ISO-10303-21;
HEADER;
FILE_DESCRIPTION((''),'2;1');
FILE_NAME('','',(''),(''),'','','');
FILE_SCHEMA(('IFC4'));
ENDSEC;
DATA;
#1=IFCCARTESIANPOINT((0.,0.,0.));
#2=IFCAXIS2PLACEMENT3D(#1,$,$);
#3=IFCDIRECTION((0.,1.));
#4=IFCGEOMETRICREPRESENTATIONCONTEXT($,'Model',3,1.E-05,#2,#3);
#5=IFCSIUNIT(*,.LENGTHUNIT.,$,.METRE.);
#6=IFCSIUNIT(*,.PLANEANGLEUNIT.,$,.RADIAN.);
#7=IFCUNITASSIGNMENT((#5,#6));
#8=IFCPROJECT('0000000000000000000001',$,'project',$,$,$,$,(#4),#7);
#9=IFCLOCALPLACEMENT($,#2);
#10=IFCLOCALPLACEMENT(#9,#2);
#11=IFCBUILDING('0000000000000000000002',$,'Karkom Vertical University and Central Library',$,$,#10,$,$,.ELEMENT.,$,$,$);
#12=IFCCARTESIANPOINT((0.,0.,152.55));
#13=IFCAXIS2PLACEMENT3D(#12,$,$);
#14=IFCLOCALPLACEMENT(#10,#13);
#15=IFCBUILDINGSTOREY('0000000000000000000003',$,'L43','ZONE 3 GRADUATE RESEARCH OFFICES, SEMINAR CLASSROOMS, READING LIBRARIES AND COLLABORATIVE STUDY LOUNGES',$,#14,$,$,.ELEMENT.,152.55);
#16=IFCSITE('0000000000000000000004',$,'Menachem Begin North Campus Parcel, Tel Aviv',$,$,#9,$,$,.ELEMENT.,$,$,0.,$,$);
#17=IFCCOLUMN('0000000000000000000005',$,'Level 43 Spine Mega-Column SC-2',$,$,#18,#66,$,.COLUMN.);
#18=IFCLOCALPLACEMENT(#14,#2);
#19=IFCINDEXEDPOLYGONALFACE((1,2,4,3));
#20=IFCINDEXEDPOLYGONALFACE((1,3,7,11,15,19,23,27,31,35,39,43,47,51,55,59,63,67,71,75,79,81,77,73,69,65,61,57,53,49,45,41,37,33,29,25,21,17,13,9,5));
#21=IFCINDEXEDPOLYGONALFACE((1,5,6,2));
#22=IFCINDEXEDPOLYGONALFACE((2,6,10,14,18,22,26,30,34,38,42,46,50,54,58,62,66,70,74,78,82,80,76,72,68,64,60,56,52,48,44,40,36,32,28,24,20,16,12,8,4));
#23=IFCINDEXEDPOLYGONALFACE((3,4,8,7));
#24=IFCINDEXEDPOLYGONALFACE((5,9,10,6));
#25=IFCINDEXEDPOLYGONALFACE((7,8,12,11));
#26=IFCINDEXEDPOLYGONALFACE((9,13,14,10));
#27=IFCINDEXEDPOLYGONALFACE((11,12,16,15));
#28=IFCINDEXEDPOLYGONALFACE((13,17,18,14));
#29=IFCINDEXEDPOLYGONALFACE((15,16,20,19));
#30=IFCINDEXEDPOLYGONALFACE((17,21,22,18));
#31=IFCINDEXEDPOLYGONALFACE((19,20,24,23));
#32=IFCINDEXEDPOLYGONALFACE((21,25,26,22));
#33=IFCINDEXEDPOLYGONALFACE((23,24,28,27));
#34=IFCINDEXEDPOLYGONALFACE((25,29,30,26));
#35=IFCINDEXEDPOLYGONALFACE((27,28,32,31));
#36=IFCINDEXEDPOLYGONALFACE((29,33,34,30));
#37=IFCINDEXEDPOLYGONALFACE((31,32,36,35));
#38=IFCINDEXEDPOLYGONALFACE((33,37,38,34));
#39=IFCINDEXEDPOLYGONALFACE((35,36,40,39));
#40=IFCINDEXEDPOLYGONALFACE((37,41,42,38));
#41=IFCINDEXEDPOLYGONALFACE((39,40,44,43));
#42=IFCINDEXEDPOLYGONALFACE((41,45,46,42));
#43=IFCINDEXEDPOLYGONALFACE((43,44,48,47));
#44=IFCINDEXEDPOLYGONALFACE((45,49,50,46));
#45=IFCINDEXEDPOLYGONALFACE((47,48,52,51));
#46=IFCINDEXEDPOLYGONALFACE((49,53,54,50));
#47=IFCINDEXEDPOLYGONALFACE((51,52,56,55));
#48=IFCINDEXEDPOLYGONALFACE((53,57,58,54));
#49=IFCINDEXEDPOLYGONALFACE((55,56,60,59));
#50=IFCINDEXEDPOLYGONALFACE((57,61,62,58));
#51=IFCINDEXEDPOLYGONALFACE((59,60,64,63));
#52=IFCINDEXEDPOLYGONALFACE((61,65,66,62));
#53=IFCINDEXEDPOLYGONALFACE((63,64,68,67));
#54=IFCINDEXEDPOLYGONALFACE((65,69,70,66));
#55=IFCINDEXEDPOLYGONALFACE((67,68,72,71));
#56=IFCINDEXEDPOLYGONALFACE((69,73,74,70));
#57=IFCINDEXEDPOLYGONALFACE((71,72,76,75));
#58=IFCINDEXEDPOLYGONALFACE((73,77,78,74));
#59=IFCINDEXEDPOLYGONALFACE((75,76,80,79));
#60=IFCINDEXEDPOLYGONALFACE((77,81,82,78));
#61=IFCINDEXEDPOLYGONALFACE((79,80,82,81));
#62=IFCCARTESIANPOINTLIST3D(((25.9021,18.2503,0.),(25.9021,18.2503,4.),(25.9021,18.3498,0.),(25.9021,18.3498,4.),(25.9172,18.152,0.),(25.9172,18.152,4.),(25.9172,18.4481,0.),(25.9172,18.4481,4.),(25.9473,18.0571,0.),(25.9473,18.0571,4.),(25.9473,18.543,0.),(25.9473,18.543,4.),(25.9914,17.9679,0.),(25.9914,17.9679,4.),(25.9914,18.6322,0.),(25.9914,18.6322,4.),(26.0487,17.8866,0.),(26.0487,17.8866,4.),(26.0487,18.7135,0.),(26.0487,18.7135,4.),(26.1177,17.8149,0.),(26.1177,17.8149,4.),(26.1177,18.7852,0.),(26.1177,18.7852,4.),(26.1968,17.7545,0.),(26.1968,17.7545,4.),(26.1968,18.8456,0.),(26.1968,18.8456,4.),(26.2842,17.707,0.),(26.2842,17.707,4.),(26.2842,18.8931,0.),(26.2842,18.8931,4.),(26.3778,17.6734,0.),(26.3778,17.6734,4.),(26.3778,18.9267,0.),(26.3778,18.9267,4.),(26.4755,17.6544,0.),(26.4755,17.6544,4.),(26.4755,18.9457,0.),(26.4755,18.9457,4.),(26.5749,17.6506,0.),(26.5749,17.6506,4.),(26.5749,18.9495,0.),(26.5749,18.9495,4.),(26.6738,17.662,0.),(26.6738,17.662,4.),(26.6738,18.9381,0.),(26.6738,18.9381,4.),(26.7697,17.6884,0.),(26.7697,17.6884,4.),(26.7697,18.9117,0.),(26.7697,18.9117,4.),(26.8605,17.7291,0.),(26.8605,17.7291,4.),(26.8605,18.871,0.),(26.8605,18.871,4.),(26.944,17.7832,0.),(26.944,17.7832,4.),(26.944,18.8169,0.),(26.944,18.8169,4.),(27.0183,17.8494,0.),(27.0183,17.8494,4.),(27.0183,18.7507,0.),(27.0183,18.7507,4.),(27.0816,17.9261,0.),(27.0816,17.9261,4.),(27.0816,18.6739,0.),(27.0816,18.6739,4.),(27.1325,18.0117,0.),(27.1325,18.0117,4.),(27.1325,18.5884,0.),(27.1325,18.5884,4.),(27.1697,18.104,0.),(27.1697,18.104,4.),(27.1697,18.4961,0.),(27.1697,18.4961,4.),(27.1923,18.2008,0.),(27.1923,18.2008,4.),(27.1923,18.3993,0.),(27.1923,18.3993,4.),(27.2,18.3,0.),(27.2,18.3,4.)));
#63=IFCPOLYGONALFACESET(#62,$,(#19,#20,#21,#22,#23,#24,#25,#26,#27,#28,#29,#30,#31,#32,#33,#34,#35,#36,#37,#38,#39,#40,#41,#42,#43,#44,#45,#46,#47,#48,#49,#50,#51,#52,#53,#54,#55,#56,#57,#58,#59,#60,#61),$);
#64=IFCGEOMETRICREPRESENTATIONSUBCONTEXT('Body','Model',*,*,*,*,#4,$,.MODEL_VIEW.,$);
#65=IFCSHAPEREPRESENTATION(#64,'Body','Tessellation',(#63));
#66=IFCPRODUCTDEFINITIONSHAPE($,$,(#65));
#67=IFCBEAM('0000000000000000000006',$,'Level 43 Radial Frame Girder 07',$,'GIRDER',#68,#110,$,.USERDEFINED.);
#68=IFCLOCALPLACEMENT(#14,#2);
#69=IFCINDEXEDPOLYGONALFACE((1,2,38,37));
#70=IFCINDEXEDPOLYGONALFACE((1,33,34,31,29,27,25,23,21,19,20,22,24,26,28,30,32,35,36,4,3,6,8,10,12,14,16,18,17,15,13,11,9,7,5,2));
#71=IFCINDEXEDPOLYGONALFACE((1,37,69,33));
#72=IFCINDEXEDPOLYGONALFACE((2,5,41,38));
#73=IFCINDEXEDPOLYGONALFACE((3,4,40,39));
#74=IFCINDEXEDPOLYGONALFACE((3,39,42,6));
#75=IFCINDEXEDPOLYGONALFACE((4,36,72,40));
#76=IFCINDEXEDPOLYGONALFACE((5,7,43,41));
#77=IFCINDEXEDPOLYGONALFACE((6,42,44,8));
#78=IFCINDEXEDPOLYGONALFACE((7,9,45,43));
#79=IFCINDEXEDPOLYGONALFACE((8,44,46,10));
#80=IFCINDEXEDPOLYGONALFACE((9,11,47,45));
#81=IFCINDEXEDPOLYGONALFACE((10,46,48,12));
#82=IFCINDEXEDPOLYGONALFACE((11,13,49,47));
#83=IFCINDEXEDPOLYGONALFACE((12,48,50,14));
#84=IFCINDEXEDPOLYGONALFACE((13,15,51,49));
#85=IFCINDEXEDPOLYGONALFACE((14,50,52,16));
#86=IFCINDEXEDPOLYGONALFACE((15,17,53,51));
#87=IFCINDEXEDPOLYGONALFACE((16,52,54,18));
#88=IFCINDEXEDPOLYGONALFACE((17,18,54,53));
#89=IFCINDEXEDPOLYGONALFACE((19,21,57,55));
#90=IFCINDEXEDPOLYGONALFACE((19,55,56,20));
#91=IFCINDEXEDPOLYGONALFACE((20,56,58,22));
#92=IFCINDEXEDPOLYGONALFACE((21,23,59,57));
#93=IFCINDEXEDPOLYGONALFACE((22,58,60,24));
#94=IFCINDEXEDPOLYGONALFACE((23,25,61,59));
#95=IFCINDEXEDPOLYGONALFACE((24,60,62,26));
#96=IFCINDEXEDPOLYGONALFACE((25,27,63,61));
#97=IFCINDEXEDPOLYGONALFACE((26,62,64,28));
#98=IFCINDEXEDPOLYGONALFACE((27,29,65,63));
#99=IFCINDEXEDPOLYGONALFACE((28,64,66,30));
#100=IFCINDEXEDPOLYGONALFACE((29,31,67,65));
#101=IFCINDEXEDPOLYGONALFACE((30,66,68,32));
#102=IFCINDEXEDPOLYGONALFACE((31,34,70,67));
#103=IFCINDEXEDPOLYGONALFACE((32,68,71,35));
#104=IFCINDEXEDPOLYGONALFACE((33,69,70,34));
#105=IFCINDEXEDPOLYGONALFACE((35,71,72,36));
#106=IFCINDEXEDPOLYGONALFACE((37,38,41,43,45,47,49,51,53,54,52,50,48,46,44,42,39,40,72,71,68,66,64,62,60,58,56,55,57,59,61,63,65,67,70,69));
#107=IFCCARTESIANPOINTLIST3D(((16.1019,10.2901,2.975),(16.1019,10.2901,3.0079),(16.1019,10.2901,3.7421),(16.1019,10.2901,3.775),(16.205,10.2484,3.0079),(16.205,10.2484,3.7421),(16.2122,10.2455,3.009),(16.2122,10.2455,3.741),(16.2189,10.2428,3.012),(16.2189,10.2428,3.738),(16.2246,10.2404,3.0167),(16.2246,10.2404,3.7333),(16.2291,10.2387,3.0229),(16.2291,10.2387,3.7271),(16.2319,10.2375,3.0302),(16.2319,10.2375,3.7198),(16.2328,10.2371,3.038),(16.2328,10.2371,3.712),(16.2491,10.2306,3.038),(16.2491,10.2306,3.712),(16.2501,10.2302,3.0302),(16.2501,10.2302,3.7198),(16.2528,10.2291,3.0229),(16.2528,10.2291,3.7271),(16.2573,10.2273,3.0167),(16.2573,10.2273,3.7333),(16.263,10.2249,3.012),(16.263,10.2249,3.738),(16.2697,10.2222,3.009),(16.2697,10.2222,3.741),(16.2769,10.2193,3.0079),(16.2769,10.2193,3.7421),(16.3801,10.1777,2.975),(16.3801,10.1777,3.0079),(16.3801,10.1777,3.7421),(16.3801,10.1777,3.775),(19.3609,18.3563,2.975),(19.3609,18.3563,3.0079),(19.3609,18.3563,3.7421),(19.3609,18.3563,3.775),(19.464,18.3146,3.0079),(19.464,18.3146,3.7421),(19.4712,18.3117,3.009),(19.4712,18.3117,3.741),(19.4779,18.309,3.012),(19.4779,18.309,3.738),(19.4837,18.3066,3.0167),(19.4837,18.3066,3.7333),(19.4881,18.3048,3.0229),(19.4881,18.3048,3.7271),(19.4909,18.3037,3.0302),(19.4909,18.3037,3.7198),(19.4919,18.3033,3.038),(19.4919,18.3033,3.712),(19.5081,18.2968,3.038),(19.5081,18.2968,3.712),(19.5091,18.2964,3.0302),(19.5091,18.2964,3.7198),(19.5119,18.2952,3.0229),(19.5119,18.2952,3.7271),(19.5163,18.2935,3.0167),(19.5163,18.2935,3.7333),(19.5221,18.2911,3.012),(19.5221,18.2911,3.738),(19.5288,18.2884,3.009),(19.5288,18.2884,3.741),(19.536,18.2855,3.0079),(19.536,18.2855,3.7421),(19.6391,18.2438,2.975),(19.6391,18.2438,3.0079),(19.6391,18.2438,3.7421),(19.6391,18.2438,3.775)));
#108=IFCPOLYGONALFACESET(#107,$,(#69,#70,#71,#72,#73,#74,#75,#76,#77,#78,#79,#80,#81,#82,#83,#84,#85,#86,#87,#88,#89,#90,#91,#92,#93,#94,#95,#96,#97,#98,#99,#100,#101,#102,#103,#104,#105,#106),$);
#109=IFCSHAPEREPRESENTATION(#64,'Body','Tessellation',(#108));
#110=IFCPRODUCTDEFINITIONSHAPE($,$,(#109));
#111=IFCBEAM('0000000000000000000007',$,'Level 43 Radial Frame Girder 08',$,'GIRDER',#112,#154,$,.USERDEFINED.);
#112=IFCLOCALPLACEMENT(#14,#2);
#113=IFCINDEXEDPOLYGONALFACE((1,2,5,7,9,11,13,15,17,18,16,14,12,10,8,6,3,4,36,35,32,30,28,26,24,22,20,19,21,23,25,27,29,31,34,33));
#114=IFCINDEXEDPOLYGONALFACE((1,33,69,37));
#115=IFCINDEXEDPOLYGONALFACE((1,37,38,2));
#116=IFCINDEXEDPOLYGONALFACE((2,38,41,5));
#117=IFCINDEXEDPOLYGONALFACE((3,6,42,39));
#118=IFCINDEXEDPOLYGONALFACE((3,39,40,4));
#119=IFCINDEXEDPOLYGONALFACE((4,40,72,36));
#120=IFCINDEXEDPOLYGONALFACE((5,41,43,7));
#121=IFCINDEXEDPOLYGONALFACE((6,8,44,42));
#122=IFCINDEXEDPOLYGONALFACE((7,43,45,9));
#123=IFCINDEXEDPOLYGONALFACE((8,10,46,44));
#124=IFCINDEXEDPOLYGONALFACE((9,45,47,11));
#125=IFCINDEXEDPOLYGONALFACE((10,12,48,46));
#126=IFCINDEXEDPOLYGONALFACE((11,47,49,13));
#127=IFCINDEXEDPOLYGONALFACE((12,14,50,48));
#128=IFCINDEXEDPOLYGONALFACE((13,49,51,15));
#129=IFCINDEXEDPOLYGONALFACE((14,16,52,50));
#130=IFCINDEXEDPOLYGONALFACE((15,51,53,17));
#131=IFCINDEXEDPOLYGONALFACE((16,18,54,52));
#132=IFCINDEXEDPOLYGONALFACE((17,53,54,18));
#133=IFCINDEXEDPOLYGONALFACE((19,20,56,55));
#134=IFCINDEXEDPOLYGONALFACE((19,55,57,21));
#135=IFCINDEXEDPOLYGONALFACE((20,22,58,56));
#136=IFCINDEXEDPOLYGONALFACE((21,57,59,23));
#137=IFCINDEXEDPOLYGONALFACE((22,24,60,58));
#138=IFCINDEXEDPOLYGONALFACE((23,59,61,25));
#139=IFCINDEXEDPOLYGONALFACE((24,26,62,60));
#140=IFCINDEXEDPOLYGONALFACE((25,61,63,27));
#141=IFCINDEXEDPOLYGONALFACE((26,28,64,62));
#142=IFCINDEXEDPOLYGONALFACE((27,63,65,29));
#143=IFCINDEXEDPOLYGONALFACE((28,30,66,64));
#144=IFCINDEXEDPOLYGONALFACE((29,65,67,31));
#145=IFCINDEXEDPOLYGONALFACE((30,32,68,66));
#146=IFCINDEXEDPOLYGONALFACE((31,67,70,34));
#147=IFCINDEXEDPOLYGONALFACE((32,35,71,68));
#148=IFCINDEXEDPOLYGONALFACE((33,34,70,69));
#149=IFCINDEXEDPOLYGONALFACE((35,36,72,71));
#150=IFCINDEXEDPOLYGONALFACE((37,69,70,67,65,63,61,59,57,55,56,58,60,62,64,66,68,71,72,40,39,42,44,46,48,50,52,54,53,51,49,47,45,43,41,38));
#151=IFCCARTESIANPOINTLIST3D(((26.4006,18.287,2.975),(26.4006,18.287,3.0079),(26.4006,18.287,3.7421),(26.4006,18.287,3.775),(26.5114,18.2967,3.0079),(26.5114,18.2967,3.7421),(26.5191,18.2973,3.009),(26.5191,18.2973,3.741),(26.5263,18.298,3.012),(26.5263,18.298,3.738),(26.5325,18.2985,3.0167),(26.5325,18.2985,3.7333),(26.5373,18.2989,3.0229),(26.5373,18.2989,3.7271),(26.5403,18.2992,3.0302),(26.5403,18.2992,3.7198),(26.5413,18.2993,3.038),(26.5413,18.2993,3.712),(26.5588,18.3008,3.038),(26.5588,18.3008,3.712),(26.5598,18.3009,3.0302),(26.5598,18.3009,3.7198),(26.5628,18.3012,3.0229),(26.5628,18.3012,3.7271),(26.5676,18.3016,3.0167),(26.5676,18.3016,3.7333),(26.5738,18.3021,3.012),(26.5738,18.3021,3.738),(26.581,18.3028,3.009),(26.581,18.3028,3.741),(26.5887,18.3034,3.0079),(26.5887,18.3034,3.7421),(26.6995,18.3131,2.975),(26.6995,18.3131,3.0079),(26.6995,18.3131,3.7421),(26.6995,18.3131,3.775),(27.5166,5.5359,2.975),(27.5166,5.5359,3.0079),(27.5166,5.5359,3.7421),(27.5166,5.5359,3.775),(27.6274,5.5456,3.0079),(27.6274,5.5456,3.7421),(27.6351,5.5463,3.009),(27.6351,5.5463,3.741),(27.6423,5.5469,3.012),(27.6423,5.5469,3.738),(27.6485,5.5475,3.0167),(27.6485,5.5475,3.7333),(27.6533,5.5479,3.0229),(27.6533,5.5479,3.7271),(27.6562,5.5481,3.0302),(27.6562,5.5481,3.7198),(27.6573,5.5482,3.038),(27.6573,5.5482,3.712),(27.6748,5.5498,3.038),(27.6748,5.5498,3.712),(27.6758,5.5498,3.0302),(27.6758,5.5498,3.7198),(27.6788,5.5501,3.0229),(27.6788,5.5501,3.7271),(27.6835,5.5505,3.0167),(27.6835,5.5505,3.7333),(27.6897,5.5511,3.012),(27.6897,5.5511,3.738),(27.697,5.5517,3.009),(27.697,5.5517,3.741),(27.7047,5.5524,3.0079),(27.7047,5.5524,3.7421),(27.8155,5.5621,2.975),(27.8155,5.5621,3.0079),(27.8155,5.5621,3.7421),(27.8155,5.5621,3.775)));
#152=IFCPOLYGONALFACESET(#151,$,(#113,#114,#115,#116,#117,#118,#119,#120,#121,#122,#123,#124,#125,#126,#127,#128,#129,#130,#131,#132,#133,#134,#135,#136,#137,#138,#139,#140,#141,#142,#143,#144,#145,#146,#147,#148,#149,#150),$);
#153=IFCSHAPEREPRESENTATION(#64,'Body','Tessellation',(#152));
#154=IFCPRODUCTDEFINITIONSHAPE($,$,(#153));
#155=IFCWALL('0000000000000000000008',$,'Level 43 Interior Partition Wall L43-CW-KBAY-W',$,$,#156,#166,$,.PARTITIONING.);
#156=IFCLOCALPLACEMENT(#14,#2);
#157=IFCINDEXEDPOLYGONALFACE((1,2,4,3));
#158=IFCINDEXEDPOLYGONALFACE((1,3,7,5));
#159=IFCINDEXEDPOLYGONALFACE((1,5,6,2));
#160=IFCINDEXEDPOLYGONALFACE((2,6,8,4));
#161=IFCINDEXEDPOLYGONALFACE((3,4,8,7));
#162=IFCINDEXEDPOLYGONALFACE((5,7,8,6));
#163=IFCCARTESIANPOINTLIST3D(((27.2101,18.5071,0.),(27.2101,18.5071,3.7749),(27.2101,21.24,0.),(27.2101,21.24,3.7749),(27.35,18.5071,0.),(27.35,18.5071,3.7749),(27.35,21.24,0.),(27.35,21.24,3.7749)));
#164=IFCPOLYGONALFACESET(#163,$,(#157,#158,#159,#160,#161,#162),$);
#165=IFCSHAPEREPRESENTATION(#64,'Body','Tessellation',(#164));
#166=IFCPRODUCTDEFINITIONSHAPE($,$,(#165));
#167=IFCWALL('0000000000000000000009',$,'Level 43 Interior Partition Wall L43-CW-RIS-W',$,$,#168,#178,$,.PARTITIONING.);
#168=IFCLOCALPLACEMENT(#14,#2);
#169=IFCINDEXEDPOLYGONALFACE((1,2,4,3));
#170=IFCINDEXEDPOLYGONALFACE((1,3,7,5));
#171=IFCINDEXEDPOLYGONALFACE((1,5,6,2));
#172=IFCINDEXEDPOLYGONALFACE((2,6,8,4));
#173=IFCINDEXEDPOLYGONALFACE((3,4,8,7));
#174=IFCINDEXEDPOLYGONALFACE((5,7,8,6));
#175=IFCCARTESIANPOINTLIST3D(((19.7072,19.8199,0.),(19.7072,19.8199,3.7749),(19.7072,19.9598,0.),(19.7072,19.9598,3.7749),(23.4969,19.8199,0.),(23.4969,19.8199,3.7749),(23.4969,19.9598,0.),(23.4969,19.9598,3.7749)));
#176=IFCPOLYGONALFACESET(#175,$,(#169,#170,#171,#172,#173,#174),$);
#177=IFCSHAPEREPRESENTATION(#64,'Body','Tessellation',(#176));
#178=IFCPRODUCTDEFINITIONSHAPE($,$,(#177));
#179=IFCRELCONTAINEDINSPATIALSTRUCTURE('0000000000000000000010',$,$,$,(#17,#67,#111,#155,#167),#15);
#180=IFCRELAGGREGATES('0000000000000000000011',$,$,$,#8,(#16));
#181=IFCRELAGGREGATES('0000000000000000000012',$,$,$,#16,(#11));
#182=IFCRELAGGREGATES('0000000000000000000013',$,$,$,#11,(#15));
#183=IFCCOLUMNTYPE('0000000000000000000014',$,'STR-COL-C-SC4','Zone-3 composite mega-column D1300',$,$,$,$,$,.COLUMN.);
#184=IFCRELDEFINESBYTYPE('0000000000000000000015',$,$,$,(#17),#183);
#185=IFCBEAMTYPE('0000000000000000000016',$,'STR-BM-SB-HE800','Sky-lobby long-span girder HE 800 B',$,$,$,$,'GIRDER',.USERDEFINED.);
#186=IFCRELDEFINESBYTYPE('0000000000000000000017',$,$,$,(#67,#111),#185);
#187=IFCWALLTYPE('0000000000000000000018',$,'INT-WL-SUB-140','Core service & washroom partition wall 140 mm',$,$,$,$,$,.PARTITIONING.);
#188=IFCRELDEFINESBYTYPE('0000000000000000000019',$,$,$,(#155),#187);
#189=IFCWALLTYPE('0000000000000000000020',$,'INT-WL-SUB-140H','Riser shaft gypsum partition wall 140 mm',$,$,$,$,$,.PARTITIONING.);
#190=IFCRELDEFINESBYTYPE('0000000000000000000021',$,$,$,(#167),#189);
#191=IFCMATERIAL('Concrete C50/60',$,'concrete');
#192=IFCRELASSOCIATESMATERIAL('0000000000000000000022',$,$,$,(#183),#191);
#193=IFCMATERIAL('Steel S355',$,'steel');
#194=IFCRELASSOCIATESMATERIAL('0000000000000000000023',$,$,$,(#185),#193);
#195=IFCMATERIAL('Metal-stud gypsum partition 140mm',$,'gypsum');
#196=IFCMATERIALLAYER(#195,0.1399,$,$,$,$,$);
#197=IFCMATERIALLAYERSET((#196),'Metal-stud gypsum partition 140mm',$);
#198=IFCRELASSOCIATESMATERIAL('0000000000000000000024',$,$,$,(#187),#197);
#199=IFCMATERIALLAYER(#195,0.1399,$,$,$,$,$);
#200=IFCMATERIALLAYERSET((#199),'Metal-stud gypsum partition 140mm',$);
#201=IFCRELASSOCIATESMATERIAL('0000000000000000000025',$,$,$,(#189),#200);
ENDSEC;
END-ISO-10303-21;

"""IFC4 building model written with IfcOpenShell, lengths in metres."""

from ifc_helpers import new_model, si_unit, direction, frame, frame_2d, origin, origin_with_axes, origin_2d, place, context, subcontext, project, spatial, rectangle, circle, i_section, extrude, source, transform, mapped, material, layer, layer_set, material_profile, profile_set, type_object, element, save


model = new_model("IFC4")

# Units and contexts
model_context = context("Model", 3, precision=1e-05, world=origin(), true_north=direction((0.0, 1.0)))
body_context = subcontext(model_context, "Body", "Model", "MODEL_VIEW")
ifc_project = project(units=[si_unit("LENGTHUNIT", "METRE"), si_unit("PLANEANGLEUNIT", "RADIAN")], contexts=[model_context])

# Site, building, storey
site_placement = place(None, origin())
site = spatial("IfcSite", under=ifc_project, at=site_placement, Name="Menachem Begin North Campus Parcel, Tel Aviv", CompositionType="ELEMENT", RefElevation=0.0)
building_placement = place(site_placement, origin())
building = spatial("IfcBuilding", under=site, at=building_placement, Name="Karkom Vertical University and Central Library", CompositionType="ELEMENT")
storey_placement = place(building_placement, frame((0.0, 0.0, 152.55)))
storey = spatial("IfcBuildingStorey", under=building, at=storey_placement, Name="L43", Description="ZONE 3 GRADUATE RESEARCH OFFICES, SEMINAR CLASSROOMS, READING LIBRARIES AND COLLABORATIVE STUDY LOUNGES", CompositionType="ELEMENT", Elevation=152.55)

# Column
ifc_material_1 = material(Name="Concrete C50/60", Category="concrete")
ifc_material_profile_1 = material_profile(ifc_material_1, circle(Radius=0.6499, at=origin_2d()), Name="CFT-D1300")
ifc_profile_set_1 = profile_set([ifc_material_profile_1], Name="Concrete C50/60")
column_type = type_object("IfcColumnType", Name="STR-COL-C-SC4", Description="Zone-3 composite mega-column D1300", PredefinedType="COLUMN", material=ifc_profile_set_1)
shared_shape_1 = source(origin_with_axes(), body_context, "Body", "SweptSolid", [
    extrude(circle(Radius=0.6499, at=origin_2d()), origin(), (0.0, 0.0, 1.0), 4.0),
])
column_placement = place(storey_placement, frame((26.55, 18.3, 0.0), z_axis=(0.0, 0.0, 1.0), x_axis=(1.0, 0.0, 0.0)))
element("IfcColumn", 1, at=column_placement, inside=storey, type_object=column_type, Name="Level 43 Spine Mega-Column SC-2", PredefinedType="COLUMN", context=body_context, shape_type="MappedRepresentation", body=[
    mapped(shared_shape_1, transform((0.0, 0.0, 0.0), scale=1.0)),
])

# Beams
ifc_material_2 = material(Name="Steel S355", Category="steel")
ifc_material_profile_2 = material_profile(ifc_material_2, i_section(OverallWidth=0.3, OverallDepth=0.8, WebThickness=0.0176, FlangeThickness=0.033, FilletRadius=0.03, at=origin_2d()), Name="HE 800 B")
ifc_profile_set_2 = profile_set([ifc_material_profile_2], Name="Steel S355")
beam_type = type_object("IfcBeamType", Name="STR-BM-SB-HE800", Description="Sky-lobby long-span girder HE 800 B", ElementType="GIRDER", PredefinedType="USERDEFINED", material=ifc_profile_set_2)
shared_shape_2 = source(origin_with_axes(), body_context, "Body", "SweptSolid", [
    extrude(i_section(OverallWidth=0.3, OverallDepth=0.8, WebThickness=0.0176, FlangeThickness=0.033, FilletRadius=0.03, at=origin_2d()), origin(), (0.0, 0.0, 1.0), 8.6997),
])
beam_1_placement = place(storey_placement, frame((19.5, 18.3, 3.375), z_axis=(-0.374616, -0.92718, 0.0), x_axis=(0.92718, -0.374616, 0.0)))
element("IfcBeam", 2, at=beam_1_placement, inside=storey, type_object=beam_type, Name="Level 43 Radial Frame Girder 07", ObjectType="GIRDER", PredefinedType="USERDEFINED", context=body_context, shape_type="MappedRepresentation", body=[
    mapped(shared_shape_2, transform((0.0, 0.0, 0.0), scale=1.0)),
])
shared_shape_3 = source(origin_with_axes(), body_context, "Body", "SweptSolid", [
    extrude(i_section(OverallWidth=0.3, OverallDepth=0.8, WebThickness=0.0176, FlangeThickness=0.033, FilletRadius=0.03, at=origin_2d()), origin(), (0.0, 0.0, 1.0), 12.7998),
])
beam_2_placement = place(storey_placement, frame((26.55, 18.3, 3.375), z_axis=(0.087187, -0.996192, 0.0), x_axis=(0.996192, 0.087187, 0.0)))
element("IfcBeam", 3, at=beam_2_placement, inside=storey, type_object=beam_type, Name="Level 43 Radial Frame Girder 08", ObjectType="GIRDER", PredefinedType="USERDEFINED", context=body_context, shape_type="MappedRepresentation", body=[
    mapped(shared_shape_3, transform((0.0, 0.0, 0.0), scale=1.0)),
])

# Walls
ifc_material_3 = material(Name="Metal-stud gypsum partition 140mm", Category="gypsum")
ifc_layer_1 = layer(ifc_material_3, 0.1399)
ifc_layer_set_1 = layer_set([ifc_layer_1], Name="Metal-stud gypsum partition 140mm")
wall_type_1 = type_object("IfcWallType", Name="INT-WL-SUB-140", Description="Core service & washroom partition wall 140 mm", PredefinedType="PARTITIONING", material=ifc_layer_set_1)
wall_1_placement = place(storey_placement, frame((27.28, 18.5071, 0.0), z_axis=(0.0, 0.0, 1.0), x_axis=(0.0, 1.0, 0.0)))
element("IfcWall", 4, at=wall_1_placement, inside=storey, type_object=wall_type_1, Name="Level 43 Interior Partition Wall L43-CW-KBAY-W", PredefinedType="PARTITIONING", context=body_context, shape_type="SweptSolid", body=[
    extrude(rectangle(XDim=2.7329, YDim=0.1399, at=frame_2d((1.3665, 0.0))), origin(), (0.0, 0.0, 1.0), 3.7749),
])
ifc_layer_2 = layer(ifc_material_3, 0.1399)
ifc_layer_set_2 = layer_set([ifc_layer_2], Name="Metal-stud gypsum partition 140mm")
wall_type_2 = type_object("IfcWallType", Name="INT-WL-SUB-140H", Description="Riser shaft gypsum partition wall 140 mm", PredefinedType="PARTITIONING", material=ifc_layer_set_2)
wall_2_placement = place(storey_placement, frame((19.707, 19.8899, 0.0), z_axis=(0.0, 0.0, 1.0), x_axis=(1.0, 0.0, 0.0)))
element("IfcWall", 5, at=wall_2_placement, inside=storey, type_object=wall_type_2, Name="Level 43 Interior Partition Wall L43-CW-RIS-W", PredefinedType="PARTITIONING", context=body_context, shape_type="SweptSolid", body=[
    extrude(rectangle(XDim=3.7898, YDim=0.1399, at=frame_2d((1.895, 0.0))), origin(), (0.0, 0.0, 1.0), 3.7749),
])

save(model, "model.ifc")
